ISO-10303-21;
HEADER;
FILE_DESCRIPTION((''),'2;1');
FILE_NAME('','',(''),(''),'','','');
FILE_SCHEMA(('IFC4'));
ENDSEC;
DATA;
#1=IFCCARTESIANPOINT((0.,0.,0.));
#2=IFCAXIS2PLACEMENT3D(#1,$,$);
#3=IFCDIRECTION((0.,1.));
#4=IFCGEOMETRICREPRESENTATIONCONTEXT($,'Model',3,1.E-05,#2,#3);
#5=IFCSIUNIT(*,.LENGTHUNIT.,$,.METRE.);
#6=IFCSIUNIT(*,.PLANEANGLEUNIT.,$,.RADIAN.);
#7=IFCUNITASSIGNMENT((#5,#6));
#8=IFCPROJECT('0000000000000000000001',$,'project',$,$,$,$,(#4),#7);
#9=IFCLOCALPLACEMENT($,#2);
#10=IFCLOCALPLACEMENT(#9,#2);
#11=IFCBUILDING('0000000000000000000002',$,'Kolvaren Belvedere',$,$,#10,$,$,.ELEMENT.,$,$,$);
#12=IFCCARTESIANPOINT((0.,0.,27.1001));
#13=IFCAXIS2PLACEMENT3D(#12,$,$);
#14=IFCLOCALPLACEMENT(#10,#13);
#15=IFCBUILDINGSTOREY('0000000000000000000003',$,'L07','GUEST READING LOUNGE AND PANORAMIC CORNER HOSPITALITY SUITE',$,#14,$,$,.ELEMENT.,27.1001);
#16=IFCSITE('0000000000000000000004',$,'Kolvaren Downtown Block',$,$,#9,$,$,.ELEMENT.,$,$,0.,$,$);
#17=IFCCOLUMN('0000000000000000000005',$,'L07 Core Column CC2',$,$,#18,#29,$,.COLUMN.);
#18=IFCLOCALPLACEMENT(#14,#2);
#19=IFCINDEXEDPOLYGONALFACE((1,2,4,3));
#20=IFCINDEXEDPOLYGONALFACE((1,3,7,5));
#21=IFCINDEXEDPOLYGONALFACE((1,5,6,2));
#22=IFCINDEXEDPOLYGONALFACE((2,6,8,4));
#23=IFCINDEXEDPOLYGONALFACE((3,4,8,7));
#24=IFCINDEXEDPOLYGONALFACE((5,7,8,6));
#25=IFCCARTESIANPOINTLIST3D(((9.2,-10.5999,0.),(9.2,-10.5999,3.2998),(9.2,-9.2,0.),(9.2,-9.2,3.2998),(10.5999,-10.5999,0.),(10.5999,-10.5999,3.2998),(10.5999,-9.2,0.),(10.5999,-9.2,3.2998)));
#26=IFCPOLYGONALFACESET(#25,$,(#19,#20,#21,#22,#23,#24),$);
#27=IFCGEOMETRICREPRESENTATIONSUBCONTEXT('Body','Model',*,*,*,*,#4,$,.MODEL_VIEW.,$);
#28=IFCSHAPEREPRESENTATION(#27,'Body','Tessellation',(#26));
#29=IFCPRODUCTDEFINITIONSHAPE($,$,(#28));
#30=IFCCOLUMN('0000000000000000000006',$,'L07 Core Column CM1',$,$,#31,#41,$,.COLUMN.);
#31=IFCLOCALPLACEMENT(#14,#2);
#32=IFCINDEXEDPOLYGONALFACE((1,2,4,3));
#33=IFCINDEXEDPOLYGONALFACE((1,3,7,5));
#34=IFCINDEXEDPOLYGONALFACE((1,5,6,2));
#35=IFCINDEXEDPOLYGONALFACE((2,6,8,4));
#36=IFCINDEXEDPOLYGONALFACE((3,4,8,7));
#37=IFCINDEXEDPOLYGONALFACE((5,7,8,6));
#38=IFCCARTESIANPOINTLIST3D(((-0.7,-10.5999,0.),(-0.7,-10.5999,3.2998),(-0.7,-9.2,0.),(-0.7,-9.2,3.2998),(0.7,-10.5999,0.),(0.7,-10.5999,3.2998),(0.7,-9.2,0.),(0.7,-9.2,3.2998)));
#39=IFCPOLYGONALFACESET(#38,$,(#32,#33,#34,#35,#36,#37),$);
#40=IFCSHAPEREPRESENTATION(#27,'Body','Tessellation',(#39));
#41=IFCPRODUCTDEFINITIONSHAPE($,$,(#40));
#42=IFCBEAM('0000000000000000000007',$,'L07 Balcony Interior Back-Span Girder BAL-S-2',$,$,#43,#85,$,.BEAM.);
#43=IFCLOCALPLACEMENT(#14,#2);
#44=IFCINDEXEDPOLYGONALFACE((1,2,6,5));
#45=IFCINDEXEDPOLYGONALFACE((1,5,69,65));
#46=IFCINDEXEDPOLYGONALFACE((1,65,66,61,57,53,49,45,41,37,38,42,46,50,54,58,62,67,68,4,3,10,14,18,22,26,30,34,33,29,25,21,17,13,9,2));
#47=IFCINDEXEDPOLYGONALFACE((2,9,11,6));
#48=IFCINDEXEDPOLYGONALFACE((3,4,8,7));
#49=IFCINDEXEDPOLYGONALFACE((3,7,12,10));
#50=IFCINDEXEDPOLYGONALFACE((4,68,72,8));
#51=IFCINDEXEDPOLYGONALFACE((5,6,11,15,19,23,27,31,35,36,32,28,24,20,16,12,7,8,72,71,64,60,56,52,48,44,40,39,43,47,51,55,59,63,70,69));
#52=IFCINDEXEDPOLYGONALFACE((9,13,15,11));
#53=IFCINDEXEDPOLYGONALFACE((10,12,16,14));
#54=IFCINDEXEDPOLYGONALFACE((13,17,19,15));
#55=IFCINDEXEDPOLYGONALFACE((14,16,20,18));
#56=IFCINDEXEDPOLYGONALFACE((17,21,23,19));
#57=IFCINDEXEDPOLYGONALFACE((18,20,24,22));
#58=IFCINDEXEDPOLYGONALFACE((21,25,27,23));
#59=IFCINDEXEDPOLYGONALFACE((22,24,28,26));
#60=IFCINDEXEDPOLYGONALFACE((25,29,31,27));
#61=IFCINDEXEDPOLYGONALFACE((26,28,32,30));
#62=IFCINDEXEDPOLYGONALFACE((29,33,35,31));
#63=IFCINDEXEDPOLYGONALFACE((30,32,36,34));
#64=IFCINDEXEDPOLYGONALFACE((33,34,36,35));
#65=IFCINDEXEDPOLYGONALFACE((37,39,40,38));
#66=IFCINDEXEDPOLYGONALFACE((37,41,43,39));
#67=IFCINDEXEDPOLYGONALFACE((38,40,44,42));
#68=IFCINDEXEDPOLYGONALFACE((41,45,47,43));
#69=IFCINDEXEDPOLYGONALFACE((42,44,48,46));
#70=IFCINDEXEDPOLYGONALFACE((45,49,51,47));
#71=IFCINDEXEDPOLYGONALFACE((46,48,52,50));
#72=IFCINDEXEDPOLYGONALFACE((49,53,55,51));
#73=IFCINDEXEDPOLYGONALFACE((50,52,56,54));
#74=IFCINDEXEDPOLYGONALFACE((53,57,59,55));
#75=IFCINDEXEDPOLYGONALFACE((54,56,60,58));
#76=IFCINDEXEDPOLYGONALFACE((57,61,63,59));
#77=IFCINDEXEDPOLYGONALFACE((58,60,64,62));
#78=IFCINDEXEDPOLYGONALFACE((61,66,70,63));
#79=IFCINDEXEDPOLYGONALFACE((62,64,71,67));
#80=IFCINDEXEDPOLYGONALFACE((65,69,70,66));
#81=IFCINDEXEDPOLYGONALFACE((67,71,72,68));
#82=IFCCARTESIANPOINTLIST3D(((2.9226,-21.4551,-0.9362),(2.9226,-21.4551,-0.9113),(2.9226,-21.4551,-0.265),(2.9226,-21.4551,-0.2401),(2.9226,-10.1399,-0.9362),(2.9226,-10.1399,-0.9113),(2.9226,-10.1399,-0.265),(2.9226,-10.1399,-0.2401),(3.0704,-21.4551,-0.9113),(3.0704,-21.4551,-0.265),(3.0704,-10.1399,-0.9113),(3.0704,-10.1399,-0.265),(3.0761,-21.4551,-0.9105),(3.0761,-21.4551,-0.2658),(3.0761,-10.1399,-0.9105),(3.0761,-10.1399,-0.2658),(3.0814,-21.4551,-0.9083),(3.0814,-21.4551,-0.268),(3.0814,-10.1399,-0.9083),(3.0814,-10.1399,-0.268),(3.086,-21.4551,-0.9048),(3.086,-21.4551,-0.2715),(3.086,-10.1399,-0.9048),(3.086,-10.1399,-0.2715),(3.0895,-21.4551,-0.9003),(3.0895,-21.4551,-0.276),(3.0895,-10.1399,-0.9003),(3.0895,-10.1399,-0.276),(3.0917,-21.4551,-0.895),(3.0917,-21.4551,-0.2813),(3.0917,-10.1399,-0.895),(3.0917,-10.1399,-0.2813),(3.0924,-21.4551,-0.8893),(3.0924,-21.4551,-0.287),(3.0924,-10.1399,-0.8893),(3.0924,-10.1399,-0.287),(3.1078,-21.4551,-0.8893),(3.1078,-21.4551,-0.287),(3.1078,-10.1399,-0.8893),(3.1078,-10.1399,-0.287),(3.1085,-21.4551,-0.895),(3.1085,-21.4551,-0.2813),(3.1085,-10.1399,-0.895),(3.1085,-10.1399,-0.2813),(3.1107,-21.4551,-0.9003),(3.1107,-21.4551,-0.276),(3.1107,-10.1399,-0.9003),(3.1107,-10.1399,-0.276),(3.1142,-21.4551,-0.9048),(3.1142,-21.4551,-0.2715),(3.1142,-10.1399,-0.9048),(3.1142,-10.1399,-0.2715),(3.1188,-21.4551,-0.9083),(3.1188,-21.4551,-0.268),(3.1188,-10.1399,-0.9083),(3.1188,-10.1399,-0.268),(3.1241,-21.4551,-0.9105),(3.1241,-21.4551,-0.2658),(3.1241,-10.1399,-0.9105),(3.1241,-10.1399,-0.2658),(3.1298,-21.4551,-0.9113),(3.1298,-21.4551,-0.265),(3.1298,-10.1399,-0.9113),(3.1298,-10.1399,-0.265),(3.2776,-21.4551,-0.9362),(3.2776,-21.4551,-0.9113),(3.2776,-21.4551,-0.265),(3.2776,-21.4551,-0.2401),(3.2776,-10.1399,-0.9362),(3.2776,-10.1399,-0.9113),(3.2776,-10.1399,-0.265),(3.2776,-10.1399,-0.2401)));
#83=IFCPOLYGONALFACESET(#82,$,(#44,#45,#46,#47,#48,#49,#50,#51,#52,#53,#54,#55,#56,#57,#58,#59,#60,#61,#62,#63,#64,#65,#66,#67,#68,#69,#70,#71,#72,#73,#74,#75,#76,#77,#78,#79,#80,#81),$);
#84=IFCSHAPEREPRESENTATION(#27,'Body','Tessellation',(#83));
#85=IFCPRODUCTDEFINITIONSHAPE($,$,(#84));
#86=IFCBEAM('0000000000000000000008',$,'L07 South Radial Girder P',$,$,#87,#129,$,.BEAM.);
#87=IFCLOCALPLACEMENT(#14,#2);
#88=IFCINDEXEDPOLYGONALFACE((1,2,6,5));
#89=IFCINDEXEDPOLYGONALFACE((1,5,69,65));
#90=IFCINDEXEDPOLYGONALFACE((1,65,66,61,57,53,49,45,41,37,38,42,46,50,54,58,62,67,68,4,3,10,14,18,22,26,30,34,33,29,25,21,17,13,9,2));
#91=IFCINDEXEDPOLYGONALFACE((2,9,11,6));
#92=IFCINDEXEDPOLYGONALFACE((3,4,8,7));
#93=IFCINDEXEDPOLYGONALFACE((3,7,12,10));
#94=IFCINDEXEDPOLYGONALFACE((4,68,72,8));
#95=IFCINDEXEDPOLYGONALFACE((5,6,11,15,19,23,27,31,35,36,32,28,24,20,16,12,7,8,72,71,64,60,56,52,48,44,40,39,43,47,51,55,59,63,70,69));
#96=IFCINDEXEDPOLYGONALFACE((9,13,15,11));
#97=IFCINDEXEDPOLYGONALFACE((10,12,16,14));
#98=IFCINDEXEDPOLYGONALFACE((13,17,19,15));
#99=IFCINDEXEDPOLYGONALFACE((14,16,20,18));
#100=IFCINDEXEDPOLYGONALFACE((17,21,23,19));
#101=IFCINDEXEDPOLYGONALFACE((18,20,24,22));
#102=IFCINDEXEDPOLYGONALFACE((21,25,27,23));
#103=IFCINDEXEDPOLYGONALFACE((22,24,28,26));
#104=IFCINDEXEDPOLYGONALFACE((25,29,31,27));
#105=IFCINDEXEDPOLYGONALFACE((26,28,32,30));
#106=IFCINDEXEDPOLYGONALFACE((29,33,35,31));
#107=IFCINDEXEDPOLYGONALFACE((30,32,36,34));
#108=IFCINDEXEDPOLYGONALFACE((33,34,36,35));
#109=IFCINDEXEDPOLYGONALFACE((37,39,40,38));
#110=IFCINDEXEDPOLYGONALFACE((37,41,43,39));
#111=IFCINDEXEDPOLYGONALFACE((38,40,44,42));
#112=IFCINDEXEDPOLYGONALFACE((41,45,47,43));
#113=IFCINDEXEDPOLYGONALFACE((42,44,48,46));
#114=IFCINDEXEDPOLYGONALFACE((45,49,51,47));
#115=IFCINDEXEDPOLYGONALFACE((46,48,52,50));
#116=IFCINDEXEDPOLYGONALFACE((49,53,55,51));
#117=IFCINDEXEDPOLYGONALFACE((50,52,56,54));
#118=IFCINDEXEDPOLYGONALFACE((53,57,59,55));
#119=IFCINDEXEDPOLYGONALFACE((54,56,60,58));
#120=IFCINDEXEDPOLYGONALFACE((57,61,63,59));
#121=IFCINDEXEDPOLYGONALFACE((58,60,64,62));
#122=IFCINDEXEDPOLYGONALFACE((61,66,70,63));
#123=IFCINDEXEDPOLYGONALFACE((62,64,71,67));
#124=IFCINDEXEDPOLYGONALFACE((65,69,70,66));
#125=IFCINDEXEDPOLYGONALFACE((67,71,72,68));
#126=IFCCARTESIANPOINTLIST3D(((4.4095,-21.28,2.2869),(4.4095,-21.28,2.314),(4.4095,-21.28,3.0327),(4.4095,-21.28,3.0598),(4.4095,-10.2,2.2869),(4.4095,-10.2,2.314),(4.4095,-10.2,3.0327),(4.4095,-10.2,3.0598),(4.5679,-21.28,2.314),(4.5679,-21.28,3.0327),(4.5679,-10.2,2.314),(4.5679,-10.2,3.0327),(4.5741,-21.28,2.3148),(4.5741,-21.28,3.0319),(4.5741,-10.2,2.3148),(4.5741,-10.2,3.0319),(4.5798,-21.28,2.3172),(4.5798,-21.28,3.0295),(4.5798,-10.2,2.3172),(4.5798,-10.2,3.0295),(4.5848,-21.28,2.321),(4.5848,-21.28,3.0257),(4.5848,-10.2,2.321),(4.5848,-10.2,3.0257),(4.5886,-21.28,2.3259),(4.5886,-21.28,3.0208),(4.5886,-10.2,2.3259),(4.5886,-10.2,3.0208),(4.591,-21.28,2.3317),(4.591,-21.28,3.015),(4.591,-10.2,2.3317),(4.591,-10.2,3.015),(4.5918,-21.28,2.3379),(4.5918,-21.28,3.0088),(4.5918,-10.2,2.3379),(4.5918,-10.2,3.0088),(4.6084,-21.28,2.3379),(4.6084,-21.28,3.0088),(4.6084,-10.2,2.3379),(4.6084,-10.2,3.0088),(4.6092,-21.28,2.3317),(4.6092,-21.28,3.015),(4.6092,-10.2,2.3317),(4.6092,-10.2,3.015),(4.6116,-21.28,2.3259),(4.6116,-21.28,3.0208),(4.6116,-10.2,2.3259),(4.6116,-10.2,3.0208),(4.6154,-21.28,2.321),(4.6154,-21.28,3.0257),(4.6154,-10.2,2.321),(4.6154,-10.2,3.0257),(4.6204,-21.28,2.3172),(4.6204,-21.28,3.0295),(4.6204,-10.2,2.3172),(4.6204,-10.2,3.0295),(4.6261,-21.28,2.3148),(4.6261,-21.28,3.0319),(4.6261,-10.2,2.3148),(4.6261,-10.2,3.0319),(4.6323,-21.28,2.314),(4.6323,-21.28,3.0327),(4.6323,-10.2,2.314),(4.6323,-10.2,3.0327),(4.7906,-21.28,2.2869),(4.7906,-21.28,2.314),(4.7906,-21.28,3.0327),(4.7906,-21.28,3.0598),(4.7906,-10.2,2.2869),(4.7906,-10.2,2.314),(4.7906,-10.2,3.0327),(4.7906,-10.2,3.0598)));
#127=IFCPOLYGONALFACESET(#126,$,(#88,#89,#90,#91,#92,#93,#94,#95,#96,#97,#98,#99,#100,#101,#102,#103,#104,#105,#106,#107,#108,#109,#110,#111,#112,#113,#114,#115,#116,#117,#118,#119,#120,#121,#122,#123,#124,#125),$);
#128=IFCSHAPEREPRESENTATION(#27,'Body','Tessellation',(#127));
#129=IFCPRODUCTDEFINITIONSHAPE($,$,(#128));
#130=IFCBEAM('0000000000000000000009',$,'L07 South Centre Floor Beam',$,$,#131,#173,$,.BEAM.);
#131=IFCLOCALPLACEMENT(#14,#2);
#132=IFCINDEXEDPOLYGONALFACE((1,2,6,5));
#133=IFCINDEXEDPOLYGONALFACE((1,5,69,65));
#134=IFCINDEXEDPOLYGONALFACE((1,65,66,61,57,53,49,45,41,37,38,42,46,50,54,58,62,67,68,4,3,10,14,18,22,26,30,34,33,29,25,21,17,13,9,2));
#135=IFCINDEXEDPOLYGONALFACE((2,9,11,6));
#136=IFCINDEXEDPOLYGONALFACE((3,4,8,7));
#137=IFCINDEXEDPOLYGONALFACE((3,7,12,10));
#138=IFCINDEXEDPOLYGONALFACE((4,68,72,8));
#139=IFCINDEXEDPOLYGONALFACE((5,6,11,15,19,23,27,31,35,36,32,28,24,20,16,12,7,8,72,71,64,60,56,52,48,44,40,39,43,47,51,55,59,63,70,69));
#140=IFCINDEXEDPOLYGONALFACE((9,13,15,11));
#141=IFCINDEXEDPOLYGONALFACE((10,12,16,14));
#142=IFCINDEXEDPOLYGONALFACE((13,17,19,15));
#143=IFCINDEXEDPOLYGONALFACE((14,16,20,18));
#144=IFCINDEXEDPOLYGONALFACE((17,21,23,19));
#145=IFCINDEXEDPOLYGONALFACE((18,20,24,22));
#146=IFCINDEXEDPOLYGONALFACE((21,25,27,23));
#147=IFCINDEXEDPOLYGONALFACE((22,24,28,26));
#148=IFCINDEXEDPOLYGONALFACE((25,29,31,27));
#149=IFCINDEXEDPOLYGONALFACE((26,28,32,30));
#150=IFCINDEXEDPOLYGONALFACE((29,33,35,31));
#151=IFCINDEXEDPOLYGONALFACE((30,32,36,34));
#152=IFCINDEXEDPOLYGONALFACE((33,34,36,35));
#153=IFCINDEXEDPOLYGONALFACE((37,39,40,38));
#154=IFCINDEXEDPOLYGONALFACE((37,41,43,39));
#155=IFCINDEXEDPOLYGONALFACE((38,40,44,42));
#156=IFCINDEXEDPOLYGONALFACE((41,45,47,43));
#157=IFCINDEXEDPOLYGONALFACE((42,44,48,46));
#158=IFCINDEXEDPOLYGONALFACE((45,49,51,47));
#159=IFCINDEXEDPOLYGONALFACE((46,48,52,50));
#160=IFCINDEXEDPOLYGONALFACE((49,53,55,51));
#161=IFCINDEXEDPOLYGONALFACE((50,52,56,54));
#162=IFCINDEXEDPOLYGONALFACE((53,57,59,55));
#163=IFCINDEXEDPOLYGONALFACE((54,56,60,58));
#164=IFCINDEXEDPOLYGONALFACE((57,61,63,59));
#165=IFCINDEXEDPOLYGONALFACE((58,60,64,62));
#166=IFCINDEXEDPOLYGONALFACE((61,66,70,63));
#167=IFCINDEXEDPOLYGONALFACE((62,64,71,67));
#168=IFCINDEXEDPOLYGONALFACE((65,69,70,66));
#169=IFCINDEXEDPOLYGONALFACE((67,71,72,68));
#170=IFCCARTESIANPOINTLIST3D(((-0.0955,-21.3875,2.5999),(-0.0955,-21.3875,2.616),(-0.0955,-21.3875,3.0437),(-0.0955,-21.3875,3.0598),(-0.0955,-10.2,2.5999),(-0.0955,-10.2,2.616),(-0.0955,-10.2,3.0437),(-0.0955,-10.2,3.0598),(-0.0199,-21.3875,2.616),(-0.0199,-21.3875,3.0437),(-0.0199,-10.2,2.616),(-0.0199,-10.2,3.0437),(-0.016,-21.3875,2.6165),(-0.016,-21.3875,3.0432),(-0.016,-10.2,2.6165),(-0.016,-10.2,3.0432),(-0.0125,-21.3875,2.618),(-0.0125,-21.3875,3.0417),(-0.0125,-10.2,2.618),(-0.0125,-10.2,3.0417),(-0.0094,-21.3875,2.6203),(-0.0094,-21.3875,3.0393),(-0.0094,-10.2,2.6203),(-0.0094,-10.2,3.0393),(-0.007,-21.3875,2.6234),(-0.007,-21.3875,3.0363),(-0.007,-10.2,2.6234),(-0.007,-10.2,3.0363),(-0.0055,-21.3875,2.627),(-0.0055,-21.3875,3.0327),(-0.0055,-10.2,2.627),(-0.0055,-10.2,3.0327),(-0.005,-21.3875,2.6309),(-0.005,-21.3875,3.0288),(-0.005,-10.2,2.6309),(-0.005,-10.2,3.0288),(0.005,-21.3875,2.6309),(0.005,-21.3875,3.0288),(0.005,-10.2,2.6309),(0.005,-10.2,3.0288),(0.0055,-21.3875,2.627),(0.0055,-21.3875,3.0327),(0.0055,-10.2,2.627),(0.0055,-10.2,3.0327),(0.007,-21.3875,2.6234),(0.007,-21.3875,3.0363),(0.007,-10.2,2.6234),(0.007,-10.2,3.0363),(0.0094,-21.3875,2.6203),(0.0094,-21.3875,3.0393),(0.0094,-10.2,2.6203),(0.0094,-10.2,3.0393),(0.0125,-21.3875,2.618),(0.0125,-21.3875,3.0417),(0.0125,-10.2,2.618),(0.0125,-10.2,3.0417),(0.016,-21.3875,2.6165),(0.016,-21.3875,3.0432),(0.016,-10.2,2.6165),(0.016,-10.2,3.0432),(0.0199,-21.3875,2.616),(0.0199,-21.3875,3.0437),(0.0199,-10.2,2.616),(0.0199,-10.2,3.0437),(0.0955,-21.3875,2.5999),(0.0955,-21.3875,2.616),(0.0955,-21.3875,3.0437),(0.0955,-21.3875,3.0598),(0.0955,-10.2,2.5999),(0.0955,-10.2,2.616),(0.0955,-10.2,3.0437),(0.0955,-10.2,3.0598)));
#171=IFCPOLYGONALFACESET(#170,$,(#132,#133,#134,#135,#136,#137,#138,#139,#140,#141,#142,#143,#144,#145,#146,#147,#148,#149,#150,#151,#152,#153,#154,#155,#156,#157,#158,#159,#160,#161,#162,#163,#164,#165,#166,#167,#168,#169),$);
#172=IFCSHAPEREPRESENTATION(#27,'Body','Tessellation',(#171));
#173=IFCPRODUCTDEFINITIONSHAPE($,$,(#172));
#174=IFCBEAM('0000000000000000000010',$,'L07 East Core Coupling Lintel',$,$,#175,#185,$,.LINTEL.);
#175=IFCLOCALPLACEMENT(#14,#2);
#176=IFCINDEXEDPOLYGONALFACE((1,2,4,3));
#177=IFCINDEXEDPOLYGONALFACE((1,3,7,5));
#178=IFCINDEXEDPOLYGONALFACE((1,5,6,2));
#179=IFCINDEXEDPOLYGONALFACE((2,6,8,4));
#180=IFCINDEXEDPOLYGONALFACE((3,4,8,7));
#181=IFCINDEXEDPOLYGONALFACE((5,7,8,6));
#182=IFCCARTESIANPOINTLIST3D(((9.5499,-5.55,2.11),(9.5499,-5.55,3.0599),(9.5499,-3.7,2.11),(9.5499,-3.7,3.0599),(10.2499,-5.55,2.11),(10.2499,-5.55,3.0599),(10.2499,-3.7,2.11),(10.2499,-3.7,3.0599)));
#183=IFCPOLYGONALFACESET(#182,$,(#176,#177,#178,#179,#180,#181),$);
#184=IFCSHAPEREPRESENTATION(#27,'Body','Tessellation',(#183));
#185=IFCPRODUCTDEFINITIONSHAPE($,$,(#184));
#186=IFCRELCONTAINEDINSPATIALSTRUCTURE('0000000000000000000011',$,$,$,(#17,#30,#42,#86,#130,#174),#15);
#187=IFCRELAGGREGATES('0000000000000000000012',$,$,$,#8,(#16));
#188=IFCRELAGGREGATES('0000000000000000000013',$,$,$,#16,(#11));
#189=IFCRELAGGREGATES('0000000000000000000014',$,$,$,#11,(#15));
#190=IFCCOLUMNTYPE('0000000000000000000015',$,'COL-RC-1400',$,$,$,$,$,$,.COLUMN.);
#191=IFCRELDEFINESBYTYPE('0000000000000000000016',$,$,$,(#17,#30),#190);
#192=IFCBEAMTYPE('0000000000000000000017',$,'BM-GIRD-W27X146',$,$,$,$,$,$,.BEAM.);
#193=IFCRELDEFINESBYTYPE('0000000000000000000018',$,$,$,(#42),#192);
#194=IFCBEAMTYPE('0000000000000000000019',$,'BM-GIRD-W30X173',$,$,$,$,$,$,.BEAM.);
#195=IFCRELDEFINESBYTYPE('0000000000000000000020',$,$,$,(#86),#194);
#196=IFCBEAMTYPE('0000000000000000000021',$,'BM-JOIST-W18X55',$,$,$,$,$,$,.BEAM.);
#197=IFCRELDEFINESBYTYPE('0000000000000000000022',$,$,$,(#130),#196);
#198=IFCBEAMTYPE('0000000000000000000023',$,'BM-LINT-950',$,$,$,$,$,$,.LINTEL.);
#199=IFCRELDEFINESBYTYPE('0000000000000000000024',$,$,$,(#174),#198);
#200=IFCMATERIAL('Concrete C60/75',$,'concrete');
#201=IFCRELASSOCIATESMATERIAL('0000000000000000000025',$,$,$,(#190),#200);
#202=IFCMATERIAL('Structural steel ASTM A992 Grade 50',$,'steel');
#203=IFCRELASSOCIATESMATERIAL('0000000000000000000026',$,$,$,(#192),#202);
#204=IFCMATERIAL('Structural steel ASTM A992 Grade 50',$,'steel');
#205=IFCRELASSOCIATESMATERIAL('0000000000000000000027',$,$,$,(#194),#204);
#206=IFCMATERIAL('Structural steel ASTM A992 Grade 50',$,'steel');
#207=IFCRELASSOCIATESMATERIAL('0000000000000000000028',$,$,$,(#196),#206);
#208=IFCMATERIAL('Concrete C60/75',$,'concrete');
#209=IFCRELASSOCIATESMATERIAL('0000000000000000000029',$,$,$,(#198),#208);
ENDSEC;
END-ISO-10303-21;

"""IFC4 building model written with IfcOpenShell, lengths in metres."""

from ifc_helpers import new_model, si_unit, direction, frame, origin, origin_2d, place, context, subcontext, project, spatial, rectangle, i_section, extrude, material, material_profile, profile_set, type_object, element, save


model = new_model("IFC4")

# Units and contexts
model_context = context("Model", 3, precision=1e-05, world=origin(), true_north=direction((0.0, 1.0)))
body_context = subcontext(model_context, "Body", "Model", "MODEL_VIEW")
ifc_project = project(units=[si_unit("LENGTHUNIT", "METRE"), si_unit("PLANEANGLEUNIT", "RADIAN")], contexts=[model_context])

# Site, building, storey
site_placement = place(None, origin())
site = spatial("IfcSite", under=ifc_project, at=site_placement, Name="Kolvaren Downtown Block", CompositionType="ELEMENT", RefElevation=0.0)
building_placement = place(site_placement, origin())
building = spatial("IfcBuilding", under=site, at=building_placement, Name="Kolvaren Belvedere", CompositionType="ELEMENT")
storey_placement = place(building_placement, frame((0.0, 0.0, 27.1001)))
storey = spatial("IfcBuildingStorey", under=building, at=storey_placement, Name="L07", Description="GUEST READING LOUNGE AND PANORAMIC CORNER HOSPITALITY SUITE", CompositionType="ELEMENT", Elevation=27.1001)

# Columns
ifc_material_1 = material(Name="Concrete C60/75", Category="concrete")
ifc_material_profile_1 = material_profile(ifc_material_1, rectangle(XDim=1.3999, YDim=1.3999, at=origin_2d()), Name="RC 1400X1400")
ifc_profile_set_1 = profile_set([ifc_material_profile_1], Name="Concrete C60/75")
column_type = type_object("IfcColumnType", Name="COL-RC-1400", PredefinedType="COLUMN", material=ifc_profile_set_1)
for number, where, z_axis, x_axis, name in (
    (1, (9.8999, -9.8999, 0.0), (0.0, 0.0, 1.0), (1.0, 0.0, 0.0), "L07 Core Column CC2"),
    (2, (0.0, -9.8999, 0.0), (0.0, 0.0, 1.0), (1.0, 0.0, 0.0), "L07 Core Column CM1"),
):
    element("IfcColumn", number, at=place(storey_placement, frame(where, z_axis=z_axis, x_axis=x_axis)), inside=storey, type_object=column_type, Name=name, PredefinedType="COLUMN", context=body_context, shape_type="SweptSolid", body=[
        extrude(rectangle(XDim=1.3999, YDim=1.3999, at=origin_2d()), origin(), (0.0, 0.0, 1.0), 3.2998),
    ])

# Beams
ifc_material_2 = material(Name="Structural steel ASTM A992 Grade 50", Category="steel")
ifc_material_profile_2 = material_profile(ifc_material_2, i_section(OverallWidth=0.355, OverallDepth=0.696, WebThickness=0.0154, FlangeThickness=0.0249, FilletRadius=0.022, at=origin_2d()), Name="W27X146")
ifc_profile_set_2 = profile_set([ifc_material_profile_2], Name="Structural steel ASTM A992 Grade 50")
beam_type_1 = type_object("IfcBeamType", Name="BM-GIRD-W27X146", PredefinedType="BEAM", material=ifc_profile_set_2)
beam_1_placement = place(storey_placement, frame((3.1001, -10.1399, -0.5881), z_axis=(0.0, -1.0, 0.0), x_axis=(1.0, 0.0, 0.0)))
element("IfcBeam", 3, at=beam_1_placement, inside=storey, type_object=beam_type_1, Name="L07 Balcony Interior Back-Span Girder BAL-S-2", PredefinedType="BEAM", context=body_context, shape_type="SweptSolid", body=[
    extrude(i_section(OverallWidth=0.355, OverallDepth=0.696, WebThickness=0.0154, FlangeThickness=0.0249, FilletRadius=0.022, at=origin_2d()), origin(), (0.0, 0.0, 1.0), 11.3152),
])
ifc_material_3 = material(Name="Structural steel ASTM A992 Grade 50", Category="steel")
ifc_material_profile_3 = material_profile(ifc_material_3, i_section(OverallWidth=0.3811, OverallDepth=0.7729, WebThickness=0.0166, FlangeThickness=0.0271, FilletRadius=0.0239, at=origin_2d()), Name="W30X173")
ifc_profile_set_3 = profile_set([ifc_material_profile_3], Name="Structural steel ASTM A992 Grade 50")
beam_type_2 = type_object("IfcBeamType", Name="BM-GIRD-W30X173", PredefinedType="BEAM", material=ifc_profile_set_3)
beam_2_placement = place(storey_placement, frame((4.6001, -10.2, 2.6733), z_axis=(0.0, -1.0, 0.0), x_axis=(1.0, 0.0, 0.0)))
element("IfcBeam", 4, at=beam_2_placement, inside=storey, type_object=beam_type_2, Name="L07 South Radial Girder P", PredefinedType="BEAM", context=body_context, shape_type="SweptSolid", body=[
    extrude(i_section(OverallWidth=0.3811, OverallDepth=0.7729, WebThickness=0.0166, FlangeThickness=0.0271, FilletRadius=0.0239, at=origin_2d()), origin(), (0.0, 0.0, 1.0), 11.0801),
])
ifc_material_4 = material(Name="Structural steel ASTM A992 Grade 50", Category="steel")
ifc_material_profile_4 = material_profile(ifc_material_4, i_section(OverallWidth=0.1909, OverallDepth=0.46, WebThickness=0.01, FlangeThickness=0.0161, FilletRadius=0.0149, at=origin_2d()), Name="W18X55")
ifc_profile_set_4 = profile_set([ifc_material_profile_4], Name="Structural steel ASTM A992 Grade 50")
beam_type_3 = type_object("IfcBeamType", Name="BM-JOIST-W18X55", PredefinedType="BEAM", material=ifc_profile_set_4)
beam_3_placement = place(storey_placement, frame((0.0, -10.2, 2.8298), z_axis=(0.0, -1.0, 0.0), x_axis=(1.0, 0.0, 0.0)))
element("IfcBeam", 5, at=beam_3_placement, inside=storey, type_object=beam_type_3, Name="L07 South Centre Floor Beam", PredefinedType="BEAM", context=body_context, shape_type="SweptSolid", body=[
    extrude(i_section(OverallWidth=0.1909, OverallDepth=0.46, WebThickness=0.01, FlangeThickness=0.0161, FilletRadius=0.0149, at=origin_2d()), origin(), (0.0, 0.0, 1.0), 11.1875),
])
ifc_material_5 = material(Name="Concrete C60/75", Category="concrete")
ifc_material_profile_5 = material_profile(ifc_material_5, rectangle(XDim=0.7, YDim=0.95, at=origin_2d()), Name="RC 700X950")
ifc_profile_set_5 = profile_set([ifc_material_profile_5], Name="Concrete C60/75")
beam_type_4 = type_object("IfcBeamType", Name="BM-LINT-950", PredefinedType="LINTEL", material=ifc_profile_set_5)
beam_4_placement = place(storey_placement, frame((9.8999, -5.55, 2.585), z_axis=(0.0, 1.0, 0.0), x_axis=(-1.0, 0.0, 0.0)))
element("IfcBeam", 6, at=beam_4_placement, inside=storey, type_object=beam_type_4, Name="L07 East Core Coupling Lintel", PredefinedType="LINTEL", context=body_context, shape_type="SweptSolid", body=[
    extrude(rectangle(XDim=0.7, YDim=0.95, at=origin_2d()), origin(), (0.0, 0.0, 1.0), 1.8501),
])

save(model, "model.ifc")
